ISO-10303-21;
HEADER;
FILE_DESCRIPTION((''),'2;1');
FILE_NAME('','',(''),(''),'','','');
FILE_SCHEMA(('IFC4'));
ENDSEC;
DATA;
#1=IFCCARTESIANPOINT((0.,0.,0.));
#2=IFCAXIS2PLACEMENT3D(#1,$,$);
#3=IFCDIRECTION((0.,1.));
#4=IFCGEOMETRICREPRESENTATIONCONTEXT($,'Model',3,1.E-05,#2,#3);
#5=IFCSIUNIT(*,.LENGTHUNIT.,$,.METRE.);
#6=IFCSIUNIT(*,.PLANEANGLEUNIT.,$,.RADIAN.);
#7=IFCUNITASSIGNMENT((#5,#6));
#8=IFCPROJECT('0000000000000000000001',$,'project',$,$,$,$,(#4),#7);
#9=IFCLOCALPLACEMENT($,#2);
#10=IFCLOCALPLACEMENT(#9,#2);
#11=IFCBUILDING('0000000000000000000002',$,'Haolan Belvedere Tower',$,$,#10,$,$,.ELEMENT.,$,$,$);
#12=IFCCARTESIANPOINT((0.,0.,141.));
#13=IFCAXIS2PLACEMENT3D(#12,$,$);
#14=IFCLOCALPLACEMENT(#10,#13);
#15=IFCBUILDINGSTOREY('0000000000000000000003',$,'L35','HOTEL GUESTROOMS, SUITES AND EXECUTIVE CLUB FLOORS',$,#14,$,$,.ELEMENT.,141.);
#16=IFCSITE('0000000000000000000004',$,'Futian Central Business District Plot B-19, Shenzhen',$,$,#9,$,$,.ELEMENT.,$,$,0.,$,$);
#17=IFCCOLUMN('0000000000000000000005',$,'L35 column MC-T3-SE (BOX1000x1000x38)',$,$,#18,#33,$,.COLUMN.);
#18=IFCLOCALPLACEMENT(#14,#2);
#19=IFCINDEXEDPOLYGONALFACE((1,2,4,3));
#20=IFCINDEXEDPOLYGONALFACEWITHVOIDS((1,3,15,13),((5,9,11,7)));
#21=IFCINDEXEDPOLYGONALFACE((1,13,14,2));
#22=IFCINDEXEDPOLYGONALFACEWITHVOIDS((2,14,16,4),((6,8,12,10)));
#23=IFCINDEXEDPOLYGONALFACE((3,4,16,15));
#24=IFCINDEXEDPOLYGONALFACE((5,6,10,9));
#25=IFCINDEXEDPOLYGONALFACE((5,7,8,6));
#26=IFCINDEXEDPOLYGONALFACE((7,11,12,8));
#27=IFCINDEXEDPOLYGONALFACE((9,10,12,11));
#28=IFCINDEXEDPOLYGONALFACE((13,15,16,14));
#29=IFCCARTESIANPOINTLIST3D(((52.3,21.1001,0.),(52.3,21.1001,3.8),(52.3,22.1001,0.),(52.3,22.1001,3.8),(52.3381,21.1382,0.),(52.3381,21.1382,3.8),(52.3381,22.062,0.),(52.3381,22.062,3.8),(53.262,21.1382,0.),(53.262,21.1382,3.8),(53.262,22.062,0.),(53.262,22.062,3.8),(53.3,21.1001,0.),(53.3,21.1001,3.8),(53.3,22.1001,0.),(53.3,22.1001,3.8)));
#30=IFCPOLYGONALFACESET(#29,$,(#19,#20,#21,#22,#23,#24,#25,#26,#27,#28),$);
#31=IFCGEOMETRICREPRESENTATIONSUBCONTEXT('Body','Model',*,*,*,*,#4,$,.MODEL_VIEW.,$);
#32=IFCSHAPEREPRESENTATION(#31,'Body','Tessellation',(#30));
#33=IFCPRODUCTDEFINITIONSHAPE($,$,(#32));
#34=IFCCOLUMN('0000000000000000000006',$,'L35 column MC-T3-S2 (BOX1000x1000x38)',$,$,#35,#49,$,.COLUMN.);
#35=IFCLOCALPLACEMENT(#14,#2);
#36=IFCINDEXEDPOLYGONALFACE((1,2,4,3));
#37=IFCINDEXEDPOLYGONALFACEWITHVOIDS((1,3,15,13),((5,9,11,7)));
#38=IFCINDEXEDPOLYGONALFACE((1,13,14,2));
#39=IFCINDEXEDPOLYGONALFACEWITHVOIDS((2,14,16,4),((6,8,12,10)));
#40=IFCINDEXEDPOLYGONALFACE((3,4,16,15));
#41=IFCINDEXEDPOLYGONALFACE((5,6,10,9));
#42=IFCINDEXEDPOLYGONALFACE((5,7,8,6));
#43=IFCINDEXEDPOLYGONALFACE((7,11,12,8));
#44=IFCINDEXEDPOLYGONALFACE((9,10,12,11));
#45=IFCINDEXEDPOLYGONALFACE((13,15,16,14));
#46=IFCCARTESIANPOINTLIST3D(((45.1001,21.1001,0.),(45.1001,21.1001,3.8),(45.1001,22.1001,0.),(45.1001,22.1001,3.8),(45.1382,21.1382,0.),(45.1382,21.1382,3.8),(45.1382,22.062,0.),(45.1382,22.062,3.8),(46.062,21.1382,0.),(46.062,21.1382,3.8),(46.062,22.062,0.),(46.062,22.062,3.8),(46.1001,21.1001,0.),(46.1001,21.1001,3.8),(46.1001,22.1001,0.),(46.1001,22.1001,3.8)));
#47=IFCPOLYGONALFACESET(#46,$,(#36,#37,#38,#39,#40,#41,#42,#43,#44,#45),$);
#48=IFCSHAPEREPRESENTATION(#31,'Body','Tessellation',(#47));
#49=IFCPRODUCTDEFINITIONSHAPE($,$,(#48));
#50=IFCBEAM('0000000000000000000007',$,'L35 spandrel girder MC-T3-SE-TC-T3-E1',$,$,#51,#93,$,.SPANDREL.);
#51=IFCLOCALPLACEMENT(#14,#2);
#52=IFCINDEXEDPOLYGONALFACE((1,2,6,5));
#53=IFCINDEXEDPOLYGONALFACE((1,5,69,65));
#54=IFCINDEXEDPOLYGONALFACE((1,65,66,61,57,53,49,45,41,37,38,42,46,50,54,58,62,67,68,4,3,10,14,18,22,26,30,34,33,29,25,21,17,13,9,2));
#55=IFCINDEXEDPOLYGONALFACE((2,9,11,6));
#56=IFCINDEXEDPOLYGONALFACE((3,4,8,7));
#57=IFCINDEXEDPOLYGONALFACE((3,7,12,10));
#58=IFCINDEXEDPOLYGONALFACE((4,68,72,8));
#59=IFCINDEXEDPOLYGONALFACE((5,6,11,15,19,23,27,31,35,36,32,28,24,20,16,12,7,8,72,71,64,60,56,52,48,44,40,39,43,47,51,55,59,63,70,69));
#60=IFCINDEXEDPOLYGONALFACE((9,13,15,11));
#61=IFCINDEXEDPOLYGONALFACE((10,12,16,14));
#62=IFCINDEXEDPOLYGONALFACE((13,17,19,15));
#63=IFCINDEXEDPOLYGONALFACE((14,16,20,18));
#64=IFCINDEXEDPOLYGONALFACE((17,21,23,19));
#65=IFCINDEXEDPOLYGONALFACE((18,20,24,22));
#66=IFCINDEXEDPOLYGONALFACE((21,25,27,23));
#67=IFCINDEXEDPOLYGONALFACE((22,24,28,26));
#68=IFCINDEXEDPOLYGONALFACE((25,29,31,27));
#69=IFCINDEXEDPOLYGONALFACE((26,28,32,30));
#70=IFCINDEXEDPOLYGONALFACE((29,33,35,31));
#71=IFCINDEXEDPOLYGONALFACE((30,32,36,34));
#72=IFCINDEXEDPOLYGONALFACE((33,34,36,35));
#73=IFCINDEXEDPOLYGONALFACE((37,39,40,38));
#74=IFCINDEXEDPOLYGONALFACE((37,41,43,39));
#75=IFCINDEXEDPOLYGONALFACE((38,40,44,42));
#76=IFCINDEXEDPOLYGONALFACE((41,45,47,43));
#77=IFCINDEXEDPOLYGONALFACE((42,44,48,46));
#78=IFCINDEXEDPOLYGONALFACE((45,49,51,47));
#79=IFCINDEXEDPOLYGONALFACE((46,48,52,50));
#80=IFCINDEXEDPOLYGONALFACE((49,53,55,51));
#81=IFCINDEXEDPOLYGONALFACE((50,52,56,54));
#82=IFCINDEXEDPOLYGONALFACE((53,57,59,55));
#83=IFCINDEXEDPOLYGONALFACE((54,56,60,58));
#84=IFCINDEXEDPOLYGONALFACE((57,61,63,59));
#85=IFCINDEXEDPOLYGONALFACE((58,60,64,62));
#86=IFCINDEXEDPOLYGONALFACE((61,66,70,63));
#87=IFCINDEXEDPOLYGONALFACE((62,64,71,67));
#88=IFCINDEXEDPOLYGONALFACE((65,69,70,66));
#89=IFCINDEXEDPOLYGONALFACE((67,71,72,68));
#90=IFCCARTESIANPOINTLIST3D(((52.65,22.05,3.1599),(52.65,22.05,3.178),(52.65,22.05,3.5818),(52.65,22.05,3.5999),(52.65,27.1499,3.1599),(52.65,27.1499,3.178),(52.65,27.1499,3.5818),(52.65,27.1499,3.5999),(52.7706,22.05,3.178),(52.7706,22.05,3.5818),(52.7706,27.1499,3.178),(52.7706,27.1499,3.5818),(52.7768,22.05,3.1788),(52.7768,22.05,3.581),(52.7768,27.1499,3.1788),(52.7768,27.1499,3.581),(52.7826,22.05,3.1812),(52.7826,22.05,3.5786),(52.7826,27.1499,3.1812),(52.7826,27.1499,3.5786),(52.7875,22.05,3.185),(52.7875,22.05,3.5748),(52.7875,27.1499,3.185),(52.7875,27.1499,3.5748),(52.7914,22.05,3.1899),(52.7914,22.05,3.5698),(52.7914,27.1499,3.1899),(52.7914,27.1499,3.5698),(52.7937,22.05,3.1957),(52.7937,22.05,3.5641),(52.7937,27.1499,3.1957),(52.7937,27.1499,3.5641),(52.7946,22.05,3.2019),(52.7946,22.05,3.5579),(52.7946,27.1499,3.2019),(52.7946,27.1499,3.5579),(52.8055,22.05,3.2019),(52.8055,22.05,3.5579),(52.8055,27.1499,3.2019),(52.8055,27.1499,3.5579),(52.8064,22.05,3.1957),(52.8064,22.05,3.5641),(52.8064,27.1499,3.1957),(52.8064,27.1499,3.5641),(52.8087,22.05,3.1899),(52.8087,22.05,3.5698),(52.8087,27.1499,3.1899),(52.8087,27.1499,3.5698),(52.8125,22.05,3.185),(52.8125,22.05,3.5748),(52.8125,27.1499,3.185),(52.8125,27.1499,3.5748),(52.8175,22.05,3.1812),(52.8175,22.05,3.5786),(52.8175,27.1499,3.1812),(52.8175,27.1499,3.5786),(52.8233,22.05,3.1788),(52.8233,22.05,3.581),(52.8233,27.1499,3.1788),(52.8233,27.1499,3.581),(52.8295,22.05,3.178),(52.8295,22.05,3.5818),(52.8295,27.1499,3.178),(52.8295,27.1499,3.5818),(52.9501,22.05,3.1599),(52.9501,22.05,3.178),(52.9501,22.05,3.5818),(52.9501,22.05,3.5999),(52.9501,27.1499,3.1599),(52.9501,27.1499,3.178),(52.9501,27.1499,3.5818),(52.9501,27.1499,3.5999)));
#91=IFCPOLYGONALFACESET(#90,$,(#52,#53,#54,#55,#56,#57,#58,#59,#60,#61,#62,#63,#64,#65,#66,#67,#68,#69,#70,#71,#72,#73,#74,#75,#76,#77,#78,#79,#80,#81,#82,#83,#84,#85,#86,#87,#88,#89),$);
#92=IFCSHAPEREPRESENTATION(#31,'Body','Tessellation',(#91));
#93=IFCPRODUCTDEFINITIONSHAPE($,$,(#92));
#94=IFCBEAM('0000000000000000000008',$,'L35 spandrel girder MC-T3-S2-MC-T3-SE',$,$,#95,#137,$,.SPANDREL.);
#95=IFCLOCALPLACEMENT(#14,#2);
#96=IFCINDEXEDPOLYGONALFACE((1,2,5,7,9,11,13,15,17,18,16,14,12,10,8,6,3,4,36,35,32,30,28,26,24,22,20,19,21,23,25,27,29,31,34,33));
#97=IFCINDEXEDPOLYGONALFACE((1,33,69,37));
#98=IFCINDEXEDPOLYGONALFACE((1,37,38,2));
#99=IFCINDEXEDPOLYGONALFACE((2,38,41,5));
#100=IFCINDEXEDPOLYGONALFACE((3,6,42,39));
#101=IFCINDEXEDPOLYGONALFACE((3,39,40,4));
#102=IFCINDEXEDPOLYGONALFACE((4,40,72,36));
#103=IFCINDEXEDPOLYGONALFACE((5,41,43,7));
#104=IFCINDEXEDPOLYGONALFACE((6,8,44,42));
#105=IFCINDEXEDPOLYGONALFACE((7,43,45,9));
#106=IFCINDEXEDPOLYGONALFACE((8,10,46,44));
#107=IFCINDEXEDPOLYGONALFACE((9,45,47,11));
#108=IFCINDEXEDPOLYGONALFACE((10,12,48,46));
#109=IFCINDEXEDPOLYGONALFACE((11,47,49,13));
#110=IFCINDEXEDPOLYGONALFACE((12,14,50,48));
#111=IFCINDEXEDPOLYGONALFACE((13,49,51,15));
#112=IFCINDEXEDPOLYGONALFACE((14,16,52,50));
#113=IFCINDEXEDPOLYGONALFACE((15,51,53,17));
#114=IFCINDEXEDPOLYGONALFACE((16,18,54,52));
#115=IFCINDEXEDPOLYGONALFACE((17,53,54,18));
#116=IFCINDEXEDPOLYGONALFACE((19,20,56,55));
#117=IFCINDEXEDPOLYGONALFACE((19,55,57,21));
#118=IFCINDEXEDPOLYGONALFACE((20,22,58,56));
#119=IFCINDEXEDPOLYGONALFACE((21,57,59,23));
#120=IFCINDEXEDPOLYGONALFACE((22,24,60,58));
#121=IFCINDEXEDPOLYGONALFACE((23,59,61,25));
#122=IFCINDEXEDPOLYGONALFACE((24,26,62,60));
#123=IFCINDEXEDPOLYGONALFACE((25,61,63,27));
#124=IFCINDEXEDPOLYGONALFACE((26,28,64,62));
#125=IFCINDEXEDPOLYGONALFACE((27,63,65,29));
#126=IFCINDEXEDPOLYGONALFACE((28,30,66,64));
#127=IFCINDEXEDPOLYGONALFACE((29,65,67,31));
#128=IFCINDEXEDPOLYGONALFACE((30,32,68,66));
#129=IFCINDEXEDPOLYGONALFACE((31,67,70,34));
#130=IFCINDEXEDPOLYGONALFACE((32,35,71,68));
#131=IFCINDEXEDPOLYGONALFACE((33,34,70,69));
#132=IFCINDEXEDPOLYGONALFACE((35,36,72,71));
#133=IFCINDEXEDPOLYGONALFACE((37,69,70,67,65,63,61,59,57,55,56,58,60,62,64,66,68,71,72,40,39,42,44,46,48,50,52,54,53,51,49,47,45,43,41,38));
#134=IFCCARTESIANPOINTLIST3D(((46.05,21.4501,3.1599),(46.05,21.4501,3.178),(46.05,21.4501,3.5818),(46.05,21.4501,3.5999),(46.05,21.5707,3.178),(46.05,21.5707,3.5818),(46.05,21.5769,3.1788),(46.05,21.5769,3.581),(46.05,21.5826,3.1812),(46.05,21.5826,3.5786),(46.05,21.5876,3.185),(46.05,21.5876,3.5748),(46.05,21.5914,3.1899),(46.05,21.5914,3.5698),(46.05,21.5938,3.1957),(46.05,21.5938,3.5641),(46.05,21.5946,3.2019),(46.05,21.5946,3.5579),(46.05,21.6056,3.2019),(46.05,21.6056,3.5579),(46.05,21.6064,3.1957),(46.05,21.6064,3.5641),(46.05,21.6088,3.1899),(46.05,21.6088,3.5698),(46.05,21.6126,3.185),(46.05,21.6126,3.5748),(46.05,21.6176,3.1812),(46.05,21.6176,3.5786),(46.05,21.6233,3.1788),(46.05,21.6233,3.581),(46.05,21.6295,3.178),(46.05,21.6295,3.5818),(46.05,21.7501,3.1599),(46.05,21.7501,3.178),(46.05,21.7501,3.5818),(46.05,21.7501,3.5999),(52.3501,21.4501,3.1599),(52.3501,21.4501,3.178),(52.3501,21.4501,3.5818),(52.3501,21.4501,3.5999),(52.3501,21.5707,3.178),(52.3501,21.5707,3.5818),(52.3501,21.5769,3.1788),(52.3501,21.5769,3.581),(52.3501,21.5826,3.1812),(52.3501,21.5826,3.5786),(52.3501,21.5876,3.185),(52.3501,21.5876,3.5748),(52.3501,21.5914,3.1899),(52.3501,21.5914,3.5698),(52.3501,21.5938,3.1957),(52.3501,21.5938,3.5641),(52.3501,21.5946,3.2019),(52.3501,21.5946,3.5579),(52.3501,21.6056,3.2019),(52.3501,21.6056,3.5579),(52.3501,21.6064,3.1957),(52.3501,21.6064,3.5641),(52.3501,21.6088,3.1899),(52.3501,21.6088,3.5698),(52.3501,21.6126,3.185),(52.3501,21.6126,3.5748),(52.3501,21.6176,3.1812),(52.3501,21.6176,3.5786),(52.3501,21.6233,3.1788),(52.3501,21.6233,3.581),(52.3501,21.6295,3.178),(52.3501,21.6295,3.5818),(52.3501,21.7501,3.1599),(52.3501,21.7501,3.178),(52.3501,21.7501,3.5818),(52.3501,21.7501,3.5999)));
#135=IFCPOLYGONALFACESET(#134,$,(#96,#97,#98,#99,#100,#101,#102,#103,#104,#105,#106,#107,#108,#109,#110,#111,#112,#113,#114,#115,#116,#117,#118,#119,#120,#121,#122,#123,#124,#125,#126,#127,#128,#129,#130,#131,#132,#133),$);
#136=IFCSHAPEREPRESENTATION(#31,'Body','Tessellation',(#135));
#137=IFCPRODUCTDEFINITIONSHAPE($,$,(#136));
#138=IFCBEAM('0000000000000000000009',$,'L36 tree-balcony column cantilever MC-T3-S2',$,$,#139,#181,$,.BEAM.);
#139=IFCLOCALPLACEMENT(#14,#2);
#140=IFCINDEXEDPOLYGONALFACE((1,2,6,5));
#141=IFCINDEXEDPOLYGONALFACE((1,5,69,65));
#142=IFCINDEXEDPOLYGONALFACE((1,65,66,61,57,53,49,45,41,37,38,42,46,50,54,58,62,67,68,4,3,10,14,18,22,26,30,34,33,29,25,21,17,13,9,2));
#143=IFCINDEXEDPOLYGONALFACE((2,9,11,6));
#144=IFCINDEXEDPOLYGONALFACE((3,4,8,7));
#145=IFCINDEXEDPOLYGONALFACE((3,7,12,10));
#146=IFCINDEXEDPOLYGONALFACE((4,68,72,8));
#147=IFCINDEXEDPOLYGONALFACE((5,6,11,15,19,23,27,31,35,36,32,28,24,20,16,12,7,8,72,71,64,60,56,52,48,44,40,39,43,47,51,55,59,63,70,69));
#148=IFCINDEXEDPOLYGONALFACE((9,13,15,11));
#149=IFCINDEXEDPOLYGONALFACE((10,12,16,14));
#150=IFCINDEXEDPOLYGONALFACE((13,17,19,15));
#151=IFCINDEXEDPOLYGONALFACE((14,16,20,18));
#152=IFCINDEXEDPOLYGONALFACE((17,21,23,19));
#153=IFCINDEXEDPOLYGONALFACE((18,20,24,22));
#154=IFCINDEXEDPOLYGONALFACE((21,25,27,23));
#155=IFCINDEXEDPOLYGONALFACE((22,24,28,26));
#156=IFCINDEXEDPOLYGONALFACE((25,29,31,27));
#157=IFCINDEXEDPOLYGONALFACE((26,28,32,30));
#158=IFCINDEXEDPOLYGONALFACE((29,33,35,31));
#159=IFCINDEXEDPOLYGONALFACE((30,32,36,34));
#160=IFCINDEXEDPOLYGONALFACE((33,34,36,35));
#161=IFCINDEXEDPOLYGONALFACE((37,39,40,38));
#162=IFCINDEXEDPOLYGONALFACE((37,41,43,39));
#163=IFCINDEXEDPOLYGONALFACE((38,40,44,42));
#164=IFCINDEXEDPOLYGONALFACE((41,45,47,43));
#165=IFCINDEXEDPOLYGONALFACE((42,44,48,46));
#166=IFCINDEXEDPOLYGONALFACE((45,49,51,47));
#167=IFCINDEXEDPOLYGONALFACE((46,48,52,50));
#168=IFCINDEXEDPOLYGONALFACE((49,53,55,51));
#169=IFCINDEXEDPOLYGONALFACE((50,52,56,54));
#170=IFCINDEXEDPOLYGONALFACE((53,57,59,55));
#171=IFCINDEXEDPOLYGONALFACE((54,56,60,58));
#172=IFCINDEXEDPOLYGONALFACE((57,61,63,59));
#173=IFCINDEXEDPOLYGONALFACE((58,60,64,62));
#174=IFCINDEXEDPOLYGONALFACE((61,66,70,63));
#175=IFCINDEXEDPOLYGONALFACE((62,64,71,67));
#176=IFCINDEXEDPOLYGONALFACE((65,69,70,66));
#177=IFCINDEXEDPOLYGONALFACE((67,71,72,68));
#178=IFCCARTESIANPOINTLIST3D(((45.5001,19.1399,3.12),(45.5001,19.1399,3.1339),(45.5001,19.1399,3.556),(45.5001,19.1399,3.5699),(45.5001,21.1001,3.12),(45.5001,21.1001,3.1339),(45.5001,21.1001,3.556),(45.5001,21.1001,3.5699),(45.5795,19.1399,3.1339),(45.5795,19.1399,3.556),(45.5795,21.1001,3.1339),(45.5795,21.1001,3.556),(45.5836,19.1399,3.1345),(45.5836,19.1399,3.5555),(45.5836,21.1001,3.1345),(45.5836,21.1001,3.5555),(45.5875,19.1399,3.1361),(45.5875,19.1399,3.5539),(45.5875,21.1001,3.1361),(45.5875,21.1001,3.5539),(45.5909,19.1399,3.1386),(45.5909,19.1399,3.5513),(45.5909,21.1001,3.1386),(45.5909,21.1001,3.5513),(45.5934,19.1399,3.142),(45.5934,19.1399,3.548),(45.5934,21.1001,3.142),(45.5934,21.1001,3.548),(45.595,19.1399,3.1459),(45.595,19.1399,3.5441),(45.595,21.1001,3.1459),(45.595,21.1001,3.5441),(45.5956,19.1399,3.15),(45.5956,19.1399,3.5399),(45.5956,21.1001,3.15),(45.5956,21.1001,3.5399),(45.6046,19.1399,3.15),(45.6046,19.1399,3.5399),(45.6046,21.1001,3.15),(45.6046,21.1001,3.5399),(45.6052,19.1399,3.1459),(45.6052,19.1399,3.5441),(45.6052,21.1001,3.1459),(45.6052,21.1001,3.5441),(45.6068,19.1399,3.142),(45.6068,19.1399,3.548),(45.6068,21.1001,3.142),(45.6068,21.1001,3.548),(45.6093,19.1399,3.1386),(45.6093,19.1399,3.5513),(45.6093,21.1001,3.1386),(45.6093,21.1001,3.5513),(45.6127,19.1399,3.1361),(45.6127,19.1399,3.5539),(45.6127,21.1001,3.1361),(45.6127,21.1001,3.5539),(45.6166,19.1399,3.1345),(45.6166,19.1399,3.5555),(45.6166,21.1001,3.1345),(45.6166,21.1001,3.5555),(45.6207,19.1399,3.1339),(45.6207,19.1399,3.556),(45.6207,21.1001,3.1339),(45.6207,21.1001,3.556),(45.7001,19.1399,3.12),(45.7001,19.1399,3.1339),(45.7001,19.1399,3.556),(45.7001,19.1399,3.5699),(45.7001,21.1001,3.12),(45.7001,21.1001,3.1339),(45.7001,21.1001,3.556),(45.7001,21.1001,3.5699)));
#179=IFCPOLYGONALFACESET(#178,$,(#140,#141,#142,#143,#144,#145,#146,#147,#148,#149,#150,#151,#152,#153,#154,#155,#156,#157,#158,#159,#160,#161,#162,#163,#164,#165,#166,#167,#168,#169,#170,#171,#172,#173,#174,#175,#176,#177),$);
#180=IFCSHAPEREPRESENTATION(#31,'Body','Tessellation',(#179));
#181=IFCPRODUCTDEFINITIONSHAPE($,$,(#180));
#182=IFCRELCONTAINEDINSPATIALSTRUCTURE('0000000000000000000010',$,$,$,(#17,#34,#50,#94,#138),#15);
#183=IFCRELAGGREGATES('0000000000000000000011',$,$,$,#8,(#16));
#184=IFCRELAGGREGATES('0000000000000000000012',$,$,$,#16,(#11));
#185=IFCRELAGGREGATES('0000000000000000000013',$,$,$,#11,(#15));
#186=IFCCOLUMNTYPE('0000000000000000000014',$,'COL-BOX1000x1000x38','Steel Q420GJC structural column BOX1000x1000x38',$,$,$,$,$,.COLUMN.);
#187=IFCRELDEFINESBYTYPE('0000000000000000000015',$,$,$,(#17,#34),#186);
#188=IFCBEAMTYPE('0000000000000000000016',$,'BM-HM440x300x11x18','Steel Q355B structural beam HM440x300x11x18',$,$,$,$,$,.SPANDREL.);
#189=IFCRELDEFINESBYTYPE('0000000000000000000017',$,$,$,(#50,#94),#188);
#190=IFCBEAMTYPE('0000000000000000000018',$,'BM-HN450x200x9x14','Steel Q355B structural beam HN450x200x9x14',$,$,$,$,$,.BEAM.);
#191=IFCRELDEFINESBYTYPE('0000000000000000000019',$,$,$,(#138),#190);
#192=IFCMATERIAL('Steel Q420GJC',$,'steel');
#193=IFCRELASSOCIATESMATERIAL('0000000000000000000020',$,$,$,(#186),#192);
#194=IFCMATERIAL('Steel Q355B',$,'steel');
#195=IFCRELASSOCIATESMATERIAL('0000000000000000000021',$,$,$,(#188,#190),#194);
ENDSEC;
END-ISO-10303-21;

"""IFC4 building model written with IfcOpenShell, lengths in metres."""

from ifc_helpers import new_model, si_unit, direction, frame, origin, origin_2d, place, context, subcontext, project, spatial, hollow_rectangle, i_section, extrude, material, material_profile, profile_set, type_object, element, save


model = new_model("IFC4")

# Units and contexts
model_context = context("Model", 3, precision=1e-05, world=origin(), true_north=direction((0.0, 1.0)))
body_context = subcontext(model_context, "Body", "Model", "MODEL_VIEW")
ifc_project = project(units=[si_unit("LENGTHUNIT", "METRE"), si_unit("PLANEANGLEUNIT", "RADIAN")], contexts=[model_context])

# Site, building, storey
site_placement = place(None, origin())
site = spatial("IfcSite", under=ifc_project, at=site_placement, Name="Futian Central Business District Plot B-19, Shenzhen", CompositionType="ELEMENT", RefElevation=0.0)
building_placement = place(site_placement, origin())
building = spatial("IfcBuilding", under=site, at=building_placement, Name="Haolan Belvedere Tower", CompositionType="ELEMENT")
storey_placement = place(building_placement, frame((0.0, 0.0, 141.0)))
storey = spatial("IfcBuildingStorey", under=building, at=storey_placement, Name="L35", Description="HOTEL GUESTROOMS, SUITES AND EXECUTIVE CLUB FLOORS", CompositionType="ELEMENT", Elevation=141.0)

# Columns
ifc_material_1 = material(Name="Steel Q420GJC", Category="steel")
ifc_material_profile_1 = material_profile(ifc_material_1, hollow_rectangle(XDim=1.0, YDim=1.0, WallThickness=0.0381, at=origin_2d()), Name="Steel Q420GJC")
ifc_profile_set_1 = profile_set([ifc_material_profile_1], Name="Steel Q420GJC")
column_type = type_object("IfcColumnType", Name="COL-BOX1000x1000x38", Description="Steel Q420GJC structural column BOX1000x1000x38", PredefinedType="COLUMN", material=ifc_profile_set_1)
for number, where, z_axis, x_axis, name in (
    (1, (52.8, 21.6001, 0.0), (0.0, 0.0, 1.0), (1.0, 0.0, 0.0), "L35 column MC-T3-SE (BOX1000x1000x38)"),
    (2, (45.6001, 21.6001, 0.0), (0.0, 0.0, 1.0), (1.0, 0.0, 0.0), "L35 column MC-T3-S2 (BOX1000x1000x38)"),
):
    element("IfcColumn", number, at=place(storey_placement, frame(where, z_axis=z_axis, x_axis=x_axis)), inside=storey, type_object=column_type, Name=name, PredefinedType="COLUMN", context=body_context, shape_type="SweptSolid", body=[
        extrude(hollow_rectangle(XDim=1.0, YDim=1.0, WallThickness=0.0381, at=origin_2d()), origin(), (0.0, 0.0, 1.0), 3.8),
    ])

# Beams
ifc_material_2 = material(Name="Steel Q355B", Category="steel")
ifc_material_profile_2 = material_profile(ifc_material_2, i_section(OverallWidth=0.3, OverallDepth=0.4399, WebThickness=0.011, FlangeThickness=0.0181, FilletRadius=0.0239, at=origin_2d()), Name="Steel Q355B")
ifc_profile_set_2 = profile_set([ifc_material_profile_2], Name="Steel Q355B")
beam_type_1 = type_object("IfcBeamType", Name="BM-HM440x300x11x18", Description="Steel Q355B structural beam HM440x300x11x18", PredefinedType="SPANDREL", material=ifc_profile_set_2)
beam_1_placement = place(storey_placement, frame((52.8, 22.05, 3.3799), z_axis=(0.0, 1.0, 0.0), x_axis=(-1.0, 0.0, 0.0)))
element("IfcBeam", 3, at=beam_1_placement, inside=storey, type_object=beam_type_1, Name="L35 spandrel girder MC-T3-SE-TC-T3-E1", PredefinedType="SPANDREL", context=body_context, shape_type="SweptSolid", body=[
    extrude(i_section(OverallWidth=0.3, OverallDepth=0.4399, WebThickness=0.011, FlangeThickness=0.0181, FilletRadius=0.0239, at=origin_2d()), origin(), (0.0, 0.0, 1.0), 5.0999),
])
beam_2_placement = place(storey_placement, frame((46.05, 21.6001, 3.3799), z_axis=(1.0, 0.0, 0.0), x_axis=(0.0, 1.0, 0.0)))
element("IfcBeam", 4, at=beam_2_placement, inside=storey, type_object=beam_type_1, Name="L35 spandrel girder MC-T3-S2-MC-T3-SE", PredefinedType="SPANDREL", context=body_context, shape_type="SweptSolid", body=[
    extrude(i_section(OverallWidth=0.3, OverallDepth=0.4399, WebThickness=0.011, FlangeThickness=0.0181, FilletRadius=0.0239, at=origin_2d()), origin(), (0.0, 0.0, 1.0), 6.3),
])
ifc_material_profile_3 = material_profile(ifc_material_2, i_section(OverallWidth=0.2, OverallDepth=0.45, WebThickness=0.009, FlangeThickness=0.0139, FilletRadius=0.0161, at=origin_2d()), Name="Steel Q355B")
ifc_profile_set_3 = profile_set([ifc_material_profile_3], Name="Steel Q355B")
beam_type_2 = type_object("IfcBeamType", Name="BM-HN450x200x9x14", Description="Steel Q355B structural beam HN450x200x9x14", PredefinedType="BEAM", material=ifc_profile_set_3)
beam_3_placement = place(storey_placement, frame((45.6001, 21.1001, 3.345), z_axis=(0.0, -1.0, 0.0), x_axis=(1.0, 0.0, 0.0)))
element("IfcBeam", 5, at=beam_3_placement, inside=storey, type_object=beam_type_2, Name="L36 tree-balcony column cantilever MC-T3-S2", PredefinedType="BEAM", context=body_context, shape_type="SweptSolid", body=[
    extrude(i_section(OverallWidth=0.2, OverallDepth=0.45, WebThickness=0.009, FlangeThickness=0.0139, FilletRadius=0.0161, at=origin_2d()), origin(), (0.0, 0.0, 1.0), 1.9602),
])

save(model, "model.ifc")
